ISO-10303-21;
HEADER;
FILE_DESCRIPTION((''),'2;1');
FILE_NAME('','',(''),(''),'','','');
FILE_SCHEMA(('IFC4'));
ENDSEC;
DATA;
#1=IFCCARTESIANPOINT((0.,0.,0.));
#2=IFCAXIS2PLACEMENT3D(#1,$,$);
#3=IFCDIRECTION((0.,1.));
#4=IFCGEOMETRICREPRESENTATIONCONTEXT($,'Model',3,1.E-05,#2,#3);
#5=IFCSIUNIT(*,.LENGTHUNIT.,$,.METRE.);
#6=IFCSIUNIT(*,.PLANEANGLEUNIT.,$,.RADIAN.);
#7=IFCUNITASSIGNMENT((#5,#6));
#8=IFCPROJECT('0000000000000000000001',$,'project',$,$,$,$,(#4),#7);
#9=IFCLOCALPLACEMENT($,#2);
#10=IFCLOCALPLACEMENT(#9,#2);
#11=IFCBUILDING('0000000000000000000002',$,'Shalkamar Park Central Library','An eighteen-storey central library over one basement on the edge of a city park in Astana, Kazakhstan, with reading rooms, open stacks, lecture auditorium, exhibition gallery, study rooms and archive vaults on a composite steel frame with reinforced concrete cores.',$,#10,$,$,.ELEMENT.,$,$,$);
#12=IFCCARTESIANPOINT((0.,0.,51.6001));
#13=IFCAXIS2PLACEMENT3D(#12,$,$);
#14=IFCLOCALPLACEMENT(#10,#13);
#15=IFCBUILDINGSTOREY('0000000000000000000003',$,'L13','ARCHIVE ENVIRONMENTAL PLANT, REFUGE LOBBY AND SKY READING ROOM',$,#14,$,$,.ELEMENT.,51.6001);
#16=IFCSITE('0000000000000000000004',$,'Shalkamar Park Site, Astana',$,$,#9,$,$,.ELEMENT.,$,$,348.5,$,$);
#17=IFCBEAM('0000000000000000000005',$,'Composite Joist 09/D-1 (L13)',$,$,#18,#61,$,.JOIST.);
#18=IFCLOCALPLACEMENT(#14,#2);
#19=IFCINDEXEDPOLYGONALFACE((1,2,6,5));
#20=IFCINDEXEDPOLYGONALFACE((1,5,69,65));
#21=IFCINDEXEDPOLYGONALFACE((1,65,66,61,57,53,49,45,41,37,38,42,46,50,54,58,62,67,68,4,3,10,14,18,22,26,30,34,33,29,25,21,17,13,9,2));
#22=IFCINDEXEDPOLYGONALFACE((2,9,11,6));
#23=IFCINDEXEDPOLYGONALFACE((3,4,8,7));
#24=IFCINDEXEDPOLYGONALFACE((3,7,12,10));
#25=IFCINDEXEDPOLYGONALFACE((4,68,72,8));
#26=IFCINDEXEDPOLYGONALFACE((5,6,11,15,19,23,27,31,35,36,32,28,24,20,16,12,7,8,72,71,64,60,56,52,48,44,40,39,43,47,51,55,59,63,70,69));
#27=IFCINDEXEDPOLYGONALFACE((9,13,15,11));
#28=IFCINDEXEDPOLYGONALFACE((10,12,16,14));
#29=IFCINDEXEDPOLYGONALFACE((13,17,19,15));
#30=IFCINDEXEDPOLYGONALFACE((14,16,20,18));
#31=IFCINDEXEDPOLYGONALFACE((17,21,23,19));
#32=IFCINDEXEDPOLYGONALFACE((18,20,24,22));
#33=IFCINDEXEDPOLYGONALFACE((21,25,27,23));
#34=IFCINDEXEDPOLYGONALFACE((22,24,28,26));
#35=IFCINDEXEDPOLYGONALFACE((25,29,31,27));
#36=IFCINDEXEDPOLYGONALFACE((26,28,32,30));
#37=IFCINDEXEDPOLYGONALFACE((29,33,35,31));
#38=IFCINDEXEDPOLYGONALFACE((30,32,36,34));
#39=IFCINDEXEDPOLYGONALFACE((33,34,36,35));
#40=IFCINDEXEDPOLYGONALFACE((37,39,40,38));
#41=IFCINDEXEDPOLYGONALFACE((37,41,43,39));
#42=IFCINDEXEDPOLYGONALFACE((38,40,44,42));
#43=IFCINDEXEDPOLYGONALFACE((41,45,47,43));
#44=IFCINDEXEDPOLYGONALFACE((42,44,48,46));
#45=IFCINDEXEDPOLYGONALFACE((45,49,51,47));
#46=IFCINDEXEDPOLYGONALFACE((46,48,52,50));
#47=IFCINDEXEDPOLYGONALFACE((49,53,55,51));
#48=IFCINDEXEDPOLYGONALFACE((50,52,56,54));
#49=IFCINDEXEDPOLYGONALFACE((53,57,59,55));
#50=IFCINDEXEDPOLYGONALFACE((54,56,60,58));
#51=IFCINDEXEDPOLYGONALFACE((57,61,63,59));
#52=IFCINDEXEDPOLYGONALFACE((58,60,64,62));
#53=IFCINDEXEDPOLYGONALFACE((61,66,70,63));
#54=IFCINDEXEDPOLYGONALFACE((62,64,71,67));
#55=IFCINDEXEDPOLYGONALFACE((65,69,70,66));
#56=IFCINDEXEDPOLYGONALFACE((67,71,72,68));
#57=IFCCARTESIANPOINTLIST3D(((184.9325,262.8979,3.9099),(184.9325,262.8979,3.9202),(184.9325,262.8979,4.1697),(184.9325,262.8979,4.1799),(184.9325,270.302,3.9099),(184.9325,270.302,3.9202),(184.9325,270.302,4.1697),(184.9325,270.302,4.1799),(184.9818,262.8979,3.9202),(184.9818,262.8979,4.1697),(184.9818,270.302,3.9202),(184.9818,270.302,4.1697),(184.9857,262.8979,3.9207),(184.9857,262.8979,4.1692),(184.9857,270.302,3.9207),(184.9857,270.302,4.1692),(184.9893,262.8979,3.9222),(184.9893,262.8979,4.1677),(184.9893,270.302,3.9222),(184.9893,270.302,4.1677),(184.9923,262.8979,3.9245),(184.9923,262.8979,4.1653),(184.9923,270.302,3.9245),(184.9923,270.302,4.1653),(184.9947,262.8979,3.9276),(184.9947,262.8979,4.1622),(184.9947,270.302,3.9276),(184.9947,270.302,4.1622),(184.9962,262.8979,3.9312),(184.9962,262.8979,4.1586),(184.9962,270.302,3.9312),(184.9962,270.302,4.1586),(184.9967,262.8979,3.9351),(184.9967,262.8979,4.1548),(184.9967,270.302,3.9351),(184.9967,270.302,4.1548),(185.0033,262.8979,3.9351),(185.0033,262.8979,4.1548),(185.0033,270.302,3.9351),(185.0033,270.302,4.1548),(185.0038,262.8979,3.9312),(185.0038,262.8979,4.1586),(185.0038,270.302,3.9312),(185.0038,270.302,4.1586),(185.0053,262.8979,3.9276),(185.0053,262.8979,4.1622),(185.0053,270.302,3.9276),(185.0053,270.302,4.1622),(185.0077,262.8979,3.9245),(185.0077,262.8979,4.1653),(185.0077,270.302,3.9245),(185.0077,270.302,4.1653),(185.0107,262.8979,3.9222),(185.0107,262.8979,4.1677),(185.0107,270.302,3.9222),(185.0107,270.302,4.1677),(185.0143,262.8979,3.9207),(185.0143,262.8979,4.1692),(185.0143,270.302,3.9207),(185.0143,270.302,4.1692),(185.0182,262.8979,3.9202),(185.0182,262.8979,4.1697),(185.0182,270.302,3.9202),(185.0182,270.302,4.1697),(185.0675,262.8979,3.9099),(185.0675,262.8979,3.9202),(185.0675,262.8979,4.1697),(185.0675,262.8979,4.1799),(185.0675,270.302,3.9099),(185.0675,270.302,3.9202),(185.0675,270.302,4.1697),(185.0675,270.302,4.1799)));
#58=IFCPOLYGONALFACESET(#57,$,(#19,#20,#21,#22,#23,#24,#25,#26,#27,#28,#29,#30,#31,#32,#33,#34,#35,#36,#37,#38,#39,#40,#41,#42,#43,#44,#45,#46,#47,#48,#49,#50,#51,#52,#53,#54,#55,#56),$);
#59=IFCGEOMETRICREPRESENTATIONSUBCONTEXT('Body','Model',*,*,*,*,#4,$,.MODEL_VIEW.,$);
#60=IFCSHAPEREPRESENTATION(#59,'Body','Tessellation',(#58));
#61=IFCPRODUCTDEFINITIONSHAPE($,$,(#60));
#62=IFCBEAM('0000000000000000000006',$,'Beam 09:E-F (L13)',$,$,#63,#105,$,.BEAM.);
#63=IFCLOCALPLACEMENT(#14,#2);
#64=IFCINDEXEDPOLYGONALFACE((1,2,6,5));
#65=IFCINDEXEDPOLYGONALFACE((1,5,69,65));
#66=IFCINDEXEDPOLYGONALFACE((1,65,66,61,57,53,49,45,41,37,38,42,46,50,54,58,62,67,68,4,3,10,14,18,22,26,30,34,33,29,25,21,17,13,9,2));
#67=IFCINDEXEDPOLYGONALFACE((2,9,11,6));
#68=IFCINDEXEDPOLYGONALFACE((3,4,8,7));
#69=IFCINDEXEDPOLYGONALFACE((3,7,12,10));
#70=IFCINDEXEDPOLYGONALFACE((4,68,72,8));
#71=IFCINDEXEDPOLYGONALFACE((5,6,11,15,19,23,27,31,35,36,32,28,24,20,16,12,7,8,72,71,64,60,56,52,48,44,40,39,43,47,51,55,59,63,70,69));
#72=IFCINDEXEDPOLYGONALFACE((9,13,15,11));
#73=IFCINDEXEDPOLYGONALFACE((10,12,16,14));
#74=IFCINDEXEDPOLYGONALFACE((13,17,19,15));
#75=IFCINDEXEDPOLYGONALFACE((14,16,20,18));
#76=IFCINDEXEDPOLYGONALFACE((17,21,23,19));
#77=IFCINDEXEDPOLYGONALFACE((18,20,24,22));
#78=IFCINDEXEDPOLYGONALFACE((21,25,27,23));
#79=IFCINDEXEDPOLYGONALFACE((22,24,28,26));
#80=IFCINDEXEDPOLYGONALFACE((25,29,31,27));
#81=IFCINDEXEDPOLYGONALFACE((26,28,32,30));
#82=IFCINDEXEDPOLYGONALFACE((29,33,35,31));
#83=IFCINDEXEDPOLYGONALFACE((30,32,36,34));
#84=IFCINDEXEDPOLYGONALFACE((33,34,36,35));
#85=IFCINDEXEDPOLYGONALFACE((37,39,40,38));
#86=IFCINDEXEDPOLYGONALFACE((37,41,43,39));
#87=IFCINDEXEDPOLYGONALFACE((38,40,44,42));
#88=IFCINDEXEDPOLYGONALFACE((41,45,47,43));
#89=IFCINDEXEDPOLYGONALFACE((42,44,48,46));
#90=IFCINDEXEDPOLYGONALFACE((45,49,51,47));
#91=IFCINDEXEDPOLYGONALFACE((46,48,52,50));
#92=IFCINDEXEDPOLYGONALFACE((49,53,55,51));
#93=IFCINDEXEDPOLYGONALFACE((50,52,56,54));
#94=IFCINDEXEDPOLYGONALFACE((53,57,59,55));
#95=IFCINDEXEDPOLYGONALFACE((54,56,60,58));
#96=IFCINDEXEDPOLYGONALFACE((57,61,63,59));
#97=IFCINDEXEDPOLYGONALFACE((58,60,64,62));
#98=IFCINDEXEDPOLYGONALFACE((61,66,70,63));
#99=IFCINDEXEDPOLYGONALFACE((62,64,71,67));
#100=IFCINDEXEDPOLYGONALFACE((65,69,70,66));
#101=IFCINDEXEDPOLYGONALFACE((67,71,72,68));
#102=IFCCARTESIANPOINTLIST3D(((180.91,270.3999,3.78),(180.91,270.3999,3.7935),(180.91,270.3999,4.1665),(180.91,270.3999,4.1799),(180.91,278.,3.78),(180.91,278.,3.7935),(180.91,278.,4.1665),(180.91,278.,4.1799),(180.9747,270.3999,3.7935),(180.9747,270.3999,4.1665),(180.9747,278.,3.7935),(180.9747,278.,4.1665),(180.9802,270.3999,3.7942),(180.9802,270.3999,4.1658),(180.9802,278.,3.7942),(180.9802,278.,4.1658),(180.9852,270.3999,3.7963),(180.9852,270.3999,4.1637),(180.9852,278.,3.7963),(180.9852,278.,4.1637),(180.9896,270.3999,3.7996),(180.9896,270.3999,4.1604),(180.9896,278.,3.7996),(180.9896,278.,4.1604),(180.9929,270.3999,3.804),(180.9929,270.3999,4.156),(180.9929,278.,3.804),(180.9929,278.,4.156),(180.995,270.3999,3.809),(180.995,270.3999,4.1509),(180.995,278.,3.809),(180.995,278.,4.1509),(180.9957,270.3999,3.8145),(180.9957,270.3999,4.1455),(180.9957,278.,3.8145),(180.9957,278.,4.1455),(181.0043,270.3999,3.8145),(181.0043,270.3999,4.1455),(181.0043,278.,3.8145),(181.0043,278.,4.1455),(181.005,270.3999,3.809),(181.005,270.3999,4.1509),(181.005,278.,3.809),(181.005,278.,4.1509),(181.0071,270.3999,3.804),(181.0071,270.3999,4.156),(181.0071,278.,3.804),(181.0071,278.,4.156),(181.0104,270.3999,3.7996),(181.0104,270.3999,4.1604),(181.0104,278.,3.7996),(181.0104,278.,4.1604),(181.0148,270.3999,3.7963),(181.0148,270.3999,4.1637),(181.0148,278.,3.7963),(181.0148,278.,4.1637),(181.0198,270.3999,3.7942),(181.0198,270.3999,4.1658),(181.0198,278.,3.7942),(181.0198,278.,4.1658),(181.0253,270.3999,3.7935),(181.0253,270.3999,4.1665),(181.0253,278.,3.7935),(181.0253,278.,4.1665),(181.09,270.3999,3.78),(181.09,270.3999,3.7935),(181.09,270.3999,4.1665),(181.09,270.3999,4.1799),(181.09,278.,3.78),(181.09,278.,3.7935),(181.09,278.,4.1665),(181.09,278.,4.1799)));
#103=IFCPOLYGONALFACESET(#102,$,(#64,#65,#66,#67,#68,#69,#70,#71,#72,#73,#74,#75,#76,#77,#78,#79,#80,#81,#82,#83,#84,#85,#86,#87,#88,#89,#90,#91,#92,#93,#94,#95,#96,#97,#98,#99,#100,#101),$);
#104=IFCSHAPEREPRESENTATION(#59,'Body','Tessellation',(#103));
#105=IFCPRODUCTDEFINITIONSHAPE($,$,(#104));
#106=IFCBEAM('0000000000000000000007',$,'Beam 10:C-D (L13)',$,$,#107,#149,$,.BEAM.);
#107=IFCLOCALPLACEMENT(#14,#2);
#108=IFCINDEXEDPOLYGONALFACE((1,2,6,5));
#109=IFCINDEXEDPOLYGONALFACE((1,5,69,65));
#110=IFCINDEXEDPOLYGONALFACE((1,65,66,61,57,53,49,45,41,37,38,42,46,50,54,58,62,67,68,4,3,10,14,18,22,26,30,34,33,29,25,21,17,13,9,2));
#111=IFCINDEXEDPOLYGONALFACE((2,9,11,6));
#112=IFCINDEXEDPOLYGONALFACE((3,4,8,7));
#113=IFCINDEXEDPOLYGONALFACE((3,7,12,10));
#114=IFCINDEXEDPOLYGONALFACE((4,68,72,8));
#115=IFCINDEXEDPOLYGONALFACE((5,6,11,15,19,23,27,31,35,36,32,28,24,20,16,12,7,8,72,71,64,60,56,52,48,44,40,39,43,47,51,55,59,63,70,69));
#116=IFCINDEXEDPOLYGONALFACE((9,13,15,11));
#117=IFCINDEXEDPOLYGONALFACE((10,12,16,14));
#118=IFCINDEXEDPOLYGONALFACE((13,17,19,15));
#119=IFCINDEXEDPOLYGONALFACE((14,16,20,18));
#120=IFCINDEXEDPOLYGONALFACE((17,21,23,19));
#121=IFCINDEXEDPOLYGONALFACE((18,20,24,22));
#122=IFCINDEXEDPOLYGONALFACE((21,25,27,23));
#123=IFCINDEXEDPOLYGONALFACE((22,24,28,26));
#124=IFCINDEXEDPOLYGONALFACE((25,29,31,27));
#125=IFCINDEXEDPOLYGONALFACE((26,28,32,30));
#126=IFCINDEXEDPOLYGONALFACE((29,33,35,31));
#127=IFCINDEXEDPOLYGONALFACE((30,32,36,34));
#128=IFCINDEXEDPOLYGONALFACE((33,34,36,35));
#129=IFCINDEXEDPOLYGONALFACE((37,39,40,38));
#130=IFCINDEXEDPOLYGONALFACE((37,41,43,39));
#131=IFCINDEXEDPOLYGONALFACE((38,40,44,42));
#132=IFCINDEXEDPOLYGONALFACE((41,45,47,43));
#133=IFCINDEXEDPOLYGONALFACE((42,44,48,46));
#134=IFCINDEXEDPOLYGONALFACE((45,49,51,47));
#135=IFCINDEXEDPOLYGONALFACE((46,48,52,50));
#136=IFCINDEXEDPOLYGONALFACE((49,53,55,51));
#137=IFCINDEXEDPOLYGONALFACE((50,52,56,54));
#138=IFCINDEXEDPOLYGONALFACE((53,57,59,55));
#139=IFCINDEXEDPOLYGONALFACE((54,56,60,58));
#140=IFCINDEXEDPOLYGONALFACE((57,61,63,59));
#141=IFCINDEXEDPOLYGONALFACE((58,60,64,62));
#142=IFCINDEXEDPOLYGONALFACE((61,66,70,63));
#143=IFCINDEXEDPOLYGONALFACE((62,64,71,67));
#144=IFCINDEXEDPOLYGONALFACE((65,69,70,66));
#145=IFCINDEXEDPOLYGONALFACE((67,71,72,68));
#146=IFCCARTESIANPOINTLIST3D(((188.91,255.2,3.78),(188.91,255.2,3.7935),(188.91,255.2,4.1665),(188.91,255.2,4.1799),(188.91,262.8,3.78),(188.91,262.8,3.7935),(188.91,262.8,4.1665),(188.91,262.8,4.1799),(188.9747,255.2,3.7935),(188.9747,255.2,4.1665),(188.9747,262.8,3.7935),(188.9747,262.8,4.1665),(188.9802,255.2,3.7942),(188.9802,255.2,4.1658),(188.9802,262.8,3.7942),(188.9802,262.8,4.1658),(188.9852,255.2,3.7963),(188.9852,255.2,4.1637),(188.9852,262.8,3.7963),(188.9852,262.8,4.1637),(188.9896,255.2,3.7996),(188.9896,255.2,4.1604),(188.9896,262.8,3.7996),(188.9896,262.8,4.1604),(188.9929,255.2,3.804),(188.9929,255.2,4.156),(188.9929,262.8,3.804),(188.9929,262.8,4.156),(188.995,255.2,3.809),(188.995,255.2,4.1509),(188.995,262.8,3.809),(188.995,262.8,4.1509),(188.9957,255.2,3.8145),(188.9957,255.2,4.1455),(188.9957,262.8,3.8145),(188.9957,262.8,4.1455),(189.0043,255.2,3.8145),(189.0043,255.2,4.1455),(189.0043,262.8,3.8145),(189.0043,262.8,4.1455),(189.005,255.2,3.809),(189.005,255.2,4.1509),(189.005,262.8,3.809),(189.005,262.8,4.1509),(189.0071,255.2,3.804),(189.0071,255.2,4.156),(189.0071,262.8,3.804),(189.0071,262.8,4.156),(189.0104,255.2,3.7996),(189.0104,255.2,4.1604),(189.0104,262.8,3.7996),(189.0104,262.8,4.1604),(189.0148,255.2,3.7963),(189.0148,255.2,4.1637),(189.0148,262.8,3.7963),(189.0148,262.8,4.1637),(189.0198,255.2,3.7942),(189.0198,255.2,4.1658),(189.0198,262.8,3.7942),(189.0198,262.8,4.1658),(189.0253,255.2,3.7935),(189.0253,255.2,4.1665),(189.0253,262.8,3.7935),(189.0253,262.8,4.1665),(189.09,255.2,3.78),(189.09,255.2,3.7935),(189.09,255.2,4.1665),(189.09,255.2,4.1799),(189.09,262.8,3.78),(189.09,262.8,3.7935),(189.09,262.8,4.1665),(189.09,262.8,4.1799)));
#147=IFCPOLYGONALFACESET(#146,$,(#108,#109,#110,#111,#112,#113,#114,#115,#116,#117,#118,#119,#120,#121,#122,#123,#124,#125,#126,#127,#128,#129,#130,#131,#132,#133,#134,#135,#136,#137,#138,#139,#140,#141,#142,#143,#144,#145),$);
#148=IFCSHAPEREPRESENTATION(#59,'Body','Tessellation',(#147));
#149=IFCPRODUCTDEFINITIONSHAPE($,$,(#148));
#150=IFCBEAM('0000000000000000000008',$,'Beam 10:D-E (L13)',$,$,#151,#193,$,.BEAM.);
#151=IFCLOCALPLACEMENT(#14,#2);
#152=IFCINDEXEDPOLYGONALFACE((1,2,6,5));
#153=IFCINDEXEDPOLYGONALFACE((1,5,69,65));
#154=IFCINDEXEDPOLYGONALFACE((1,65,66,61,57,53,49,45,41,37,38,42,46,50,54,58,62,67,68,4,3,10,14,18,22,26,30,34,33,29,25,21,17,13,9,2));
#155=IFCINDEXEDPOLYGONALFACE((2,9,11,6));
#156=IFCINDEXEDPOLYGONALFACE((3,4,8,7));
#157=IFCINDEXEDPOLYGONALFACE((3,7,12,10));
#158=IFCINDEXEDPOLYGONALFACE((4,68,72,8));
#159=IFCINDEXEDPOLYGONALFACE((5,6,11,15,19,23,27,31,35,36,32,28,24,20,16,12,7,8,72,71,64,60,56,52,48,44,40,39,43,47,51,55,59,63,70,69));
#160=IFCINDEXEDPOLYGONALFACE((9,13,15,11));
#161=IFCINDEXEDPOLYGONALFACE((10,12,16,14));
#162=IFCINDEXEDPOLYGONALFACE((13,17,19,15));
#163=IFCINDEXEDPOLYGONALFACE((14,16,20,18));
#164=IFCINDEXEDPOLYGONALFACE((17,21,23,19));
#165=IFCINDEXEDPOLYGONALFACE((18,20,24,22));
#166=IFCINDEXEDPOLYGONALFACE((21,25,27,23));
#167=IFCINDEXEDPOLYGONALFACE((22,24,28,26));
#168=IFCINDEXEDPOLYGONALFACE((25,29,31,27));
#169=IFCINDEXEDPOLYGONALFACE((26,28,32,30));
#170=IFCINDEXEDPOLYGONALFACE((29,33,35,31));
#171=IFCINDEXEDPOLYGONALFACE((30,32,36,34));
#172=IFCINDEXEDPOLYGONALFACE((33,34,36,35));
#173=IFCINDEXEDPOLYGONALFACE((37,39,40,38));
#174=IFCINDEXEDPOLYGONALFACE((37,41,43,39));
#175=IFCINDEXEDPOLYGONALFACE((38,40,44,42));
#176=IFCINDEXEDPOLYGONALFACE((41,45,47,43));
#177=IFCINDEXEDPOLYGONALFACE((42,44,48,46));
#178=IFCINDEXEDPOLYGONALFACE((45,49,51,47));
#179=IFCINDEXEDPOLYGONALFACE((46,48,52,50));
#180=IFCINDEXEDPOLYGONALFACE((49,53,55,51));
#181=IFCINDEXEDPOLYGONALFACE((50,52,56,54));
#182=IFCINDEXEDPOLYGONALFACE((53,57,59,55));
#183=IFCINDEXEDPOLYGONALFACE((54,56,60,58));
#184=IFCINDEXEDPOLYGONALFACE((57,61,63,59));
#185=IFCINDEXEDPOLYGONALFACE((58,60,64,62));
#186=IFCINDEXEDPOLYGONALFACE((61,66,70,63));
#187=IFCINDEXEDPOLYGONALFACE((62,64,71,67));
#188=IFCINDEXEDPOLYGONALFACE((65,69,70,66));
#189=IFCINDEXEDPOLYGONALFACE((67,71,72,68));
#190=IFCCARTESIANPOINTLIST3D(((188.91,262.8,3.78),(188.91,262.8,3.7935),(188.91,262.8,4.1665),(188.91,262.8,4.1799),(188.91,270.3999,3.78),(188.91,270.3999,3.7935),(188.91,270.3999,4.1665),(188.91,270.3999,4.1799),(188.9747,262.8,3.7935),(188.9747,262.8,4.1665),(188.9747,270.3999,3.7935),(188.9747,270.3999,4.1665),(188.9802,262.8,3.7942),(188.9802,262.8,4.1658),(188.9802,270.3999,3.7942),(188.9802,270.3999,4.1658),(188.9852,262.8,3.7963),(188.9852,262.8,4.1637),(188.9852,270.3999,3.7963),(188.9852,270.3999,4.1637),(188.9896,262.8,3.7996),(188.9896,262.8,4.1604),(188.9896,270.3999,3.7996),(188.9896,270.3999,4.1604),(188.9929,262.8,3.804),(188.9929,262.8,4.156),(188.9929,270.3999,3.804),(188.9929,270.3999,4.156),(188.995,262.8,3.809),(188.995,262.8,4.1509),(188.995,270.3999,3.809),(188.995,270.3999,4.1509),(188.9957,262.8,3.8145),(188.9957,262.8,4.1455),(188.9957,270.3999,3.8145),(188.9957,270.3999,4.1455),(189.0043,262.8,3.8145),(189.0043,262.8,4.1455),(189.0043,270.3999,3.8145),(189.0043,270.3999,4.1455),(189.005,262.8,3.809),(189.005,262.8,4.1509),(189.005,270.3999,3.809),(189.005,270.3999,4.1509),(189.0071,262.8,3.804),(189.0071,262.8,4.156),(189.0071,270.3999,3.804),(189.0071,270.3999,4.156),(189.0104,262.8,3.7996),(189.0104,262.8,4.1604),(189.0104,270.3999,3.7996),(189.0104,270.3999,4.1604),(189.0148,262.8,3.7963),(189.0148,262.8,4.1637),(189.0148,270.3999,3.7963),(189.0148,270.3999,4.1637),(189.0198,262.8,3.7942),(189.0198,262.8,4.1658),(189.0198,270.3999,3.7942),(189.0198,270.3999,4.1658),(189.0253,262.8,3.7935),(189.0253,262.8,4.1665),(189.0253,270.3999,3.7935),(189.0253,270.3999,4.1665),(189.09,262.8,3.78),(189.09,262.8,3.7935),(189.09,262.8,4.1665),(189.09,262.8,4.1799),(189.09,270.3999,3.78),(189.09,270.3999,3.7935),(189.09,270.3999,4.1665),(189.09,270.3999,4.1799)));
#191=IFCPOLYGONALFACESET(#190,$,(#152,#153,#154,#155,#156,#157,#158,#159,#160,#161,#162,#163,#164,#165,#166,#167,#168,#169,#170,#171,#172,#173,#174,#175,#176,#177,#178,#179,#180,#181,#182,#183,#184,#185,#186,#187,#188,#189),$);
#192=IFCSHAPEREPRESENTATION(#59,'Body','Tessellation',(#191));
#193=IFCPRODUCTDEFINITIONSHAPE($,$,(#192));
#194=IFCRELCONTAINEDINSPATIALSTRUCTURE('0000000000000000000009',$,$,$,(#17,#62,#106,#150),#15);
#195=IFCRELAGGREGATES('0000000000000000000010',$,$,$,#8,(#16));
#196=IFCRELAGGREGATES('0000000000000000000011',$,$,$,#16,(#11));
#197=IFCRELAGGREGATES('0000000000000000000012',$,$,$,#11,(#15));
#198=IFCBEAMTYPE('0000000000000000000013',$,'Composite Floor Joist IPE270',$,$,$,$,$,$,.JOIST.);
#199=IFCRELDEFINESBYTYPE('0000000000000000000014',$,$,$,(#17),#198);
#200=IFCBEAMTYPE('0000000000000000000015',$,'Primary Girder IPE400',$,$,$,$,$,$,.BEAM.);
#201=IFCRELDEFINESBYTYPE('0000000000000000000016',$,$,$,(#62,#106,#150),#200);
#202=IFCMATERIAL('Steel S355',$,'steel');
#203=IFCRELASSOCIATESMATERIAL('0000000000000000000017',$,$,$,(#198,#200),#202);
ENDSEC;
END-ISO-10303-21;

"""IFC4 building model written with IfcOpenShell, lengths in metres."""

from ifc_helpers import new_model, si_unit, direction, frame, origin, origin_2d, place, context, subcontext, project, spatial, i_section, extrude, material, material_profile, profile_set, type_object, element, save


model = new_model("IFC4")

# Units and contexts
model_context = context("Model", 3, precision=1e-05, world=origin(), true_north=direction((0.0, 1.0)))
body_context = subcontext(model_context, "Body", "Model", "MODEL_VIEW")
ifc_project = project(units=[si_unit("LENGTHUNIT", "METRE"), si_unit("PLANEANGLEUNIT", "RADIAN")], contexts=[model_context])

# Site, building, storey
site_placement = place(None, origin())
site = spatial("IfcSite", under=ifc_project, at=site_placement, Name="Shalkamar Park Site, Astana", CompositionType="ELEMENT", RefElevation=348.5)
building_placement = place(site_placement, origin())
building = spatial("IfcBuilding", under=site, at=building_placement, Name="Shalkamar Park Central Library", Description="An eighteen-storey central library over one basement on the edge of a city park in Astana, Kazakhstan, with reading rooms, open stacks, lecture auditorium, exhibition gallery, study rooms and archive vaults on a composite steel frame with reinforced concrete cores.", CompositionType="ELEMENT")
storey_placement = place(building_placement, frame((0.0, 0.0, 51.6001)))
storey = spatial("IfcBuildingStorey", under=building, at=storey_placement, Name="L13", Description="ARCHIVE ENVIRONMENTAL PLANT, REFUGE LOBBY AND SKY READING ROOM", CompositionType="ELEMENT", Elevation=51.6001)

# Shared definitions
ifc_material_1 = material(Name="Steel S355", Category="steel")

# Beams
ifc_material_profile_1 = material_profile(ifc_material_1, i_section(OverallWidth=0.135, OverallDepth=0.27, WebThickness=0.0066, FlangeThickness=0.0103, FilletRadius=0.0149, at=origin_2d()), Name="IPE 270")
ifc_profile_set_1 = profile_set([ifc_material_profile_1], Name="Steel S355")
beam_type_1 = type_object("IfcBeamType", Name="Composite Floor Joist IPE270", PredefinedType="JOIST", material=ifc_profile_set_1)
beam_1_placement = place(storey_placement, frame((185.0, 262.8979, 4.0449), z_axis=(0.0, 1.0, 0.0), x_axis=(-1.0, 0.0, 0.0)))
element("IfcBeam", 1, at=beam_1_placement, inside=storey, type_object=beam_type_1, Name="Composite Joist 09/D-1 (L13)", PredefinedType="JOIST", context=body_context, shape_type="SweptSolid", body=[
    extrude(i_section(OverallWidth=0.135, OverallDepth=0.27, WebThickness=0.0066, FlangeThickness=0.0103, FilletRadius=0.0149, at=origin_2d()), origin(), (0.0, 0.0, 1.0), 7.4041),
])
ifc_material_profile_2 = material_profile(ifc_material_1, i_section(OverallWidth=0.1799, OverallDepth=0.3999, WebThickness=0.0085, FlangeThickness=0.0134, FilletRadius=0.021, at=origin_2d()), Name="IPE 400")
ifc_profile_set_2 = profile_set([ifc_material_profile_2], Name="Steel S355")
beam_type_2 = type_object("IfcBeamType", Name="Primary Girder IPE400", PredefinedType="BEAM", material=ifc_profile_set_2)
for number, where, z_axis, x_axis, name in (
    (2, (181.0, 270.3999, 3.98), (0.0, 1.0, 0.0), (-1.0, 0.0, 0.0), "Beam 09:E-F (L13)"),
    (3, (189.0, 255.2, 3.98), (0.0, 1.0, 0.0), (-1.0, 0.0, 0.0), "Beam 10:C-D (L13)"),
):
    element("IfcBeam", number, at=place(storey_placement, frame(where, z_axis=z_axis, x_axis=x_axis)), inside=storey, type_object=beam_type_2, Name=name, PredefinedType="BEAM", context=body_context, shape_type="SweptSolid", body=[
        extrude(i_section(OverallWidth=0.1799, OverallDepth=0.3999, WebThickness=0.0085, FlangeThickness=0.0134, FilletRadius=0.021, at=origin_2d()), origin(), (0.0, 0.0, 1.0), 7.6001),
    ])
beam_2_placement = place(storey_placement, frame((189.0, 262.8, 3.98), z_axis=(0.0, 1.0, 0.0), x_axis=(-1.0, 0.0, 0.0)))
element("IfcBeam", 4, at=beam_2_placement, inside=storey, type_object=beam_type_2, Name="Beam 10:D-E (L13)", PredefinedType="BEAM", context=body_context, shape_type="SweptSolid", body=[
    extrude(i_section(OverallWidth=0.1799, OverallDepth=0.3999, WebThickness=0.0085, FlangeThickness=0.0134, FilletRadius=0.021, at=origin_2d()), origin(), (0.0, 0.0, 1.0), 7.5999),
])

save(model, "model.ifc")
